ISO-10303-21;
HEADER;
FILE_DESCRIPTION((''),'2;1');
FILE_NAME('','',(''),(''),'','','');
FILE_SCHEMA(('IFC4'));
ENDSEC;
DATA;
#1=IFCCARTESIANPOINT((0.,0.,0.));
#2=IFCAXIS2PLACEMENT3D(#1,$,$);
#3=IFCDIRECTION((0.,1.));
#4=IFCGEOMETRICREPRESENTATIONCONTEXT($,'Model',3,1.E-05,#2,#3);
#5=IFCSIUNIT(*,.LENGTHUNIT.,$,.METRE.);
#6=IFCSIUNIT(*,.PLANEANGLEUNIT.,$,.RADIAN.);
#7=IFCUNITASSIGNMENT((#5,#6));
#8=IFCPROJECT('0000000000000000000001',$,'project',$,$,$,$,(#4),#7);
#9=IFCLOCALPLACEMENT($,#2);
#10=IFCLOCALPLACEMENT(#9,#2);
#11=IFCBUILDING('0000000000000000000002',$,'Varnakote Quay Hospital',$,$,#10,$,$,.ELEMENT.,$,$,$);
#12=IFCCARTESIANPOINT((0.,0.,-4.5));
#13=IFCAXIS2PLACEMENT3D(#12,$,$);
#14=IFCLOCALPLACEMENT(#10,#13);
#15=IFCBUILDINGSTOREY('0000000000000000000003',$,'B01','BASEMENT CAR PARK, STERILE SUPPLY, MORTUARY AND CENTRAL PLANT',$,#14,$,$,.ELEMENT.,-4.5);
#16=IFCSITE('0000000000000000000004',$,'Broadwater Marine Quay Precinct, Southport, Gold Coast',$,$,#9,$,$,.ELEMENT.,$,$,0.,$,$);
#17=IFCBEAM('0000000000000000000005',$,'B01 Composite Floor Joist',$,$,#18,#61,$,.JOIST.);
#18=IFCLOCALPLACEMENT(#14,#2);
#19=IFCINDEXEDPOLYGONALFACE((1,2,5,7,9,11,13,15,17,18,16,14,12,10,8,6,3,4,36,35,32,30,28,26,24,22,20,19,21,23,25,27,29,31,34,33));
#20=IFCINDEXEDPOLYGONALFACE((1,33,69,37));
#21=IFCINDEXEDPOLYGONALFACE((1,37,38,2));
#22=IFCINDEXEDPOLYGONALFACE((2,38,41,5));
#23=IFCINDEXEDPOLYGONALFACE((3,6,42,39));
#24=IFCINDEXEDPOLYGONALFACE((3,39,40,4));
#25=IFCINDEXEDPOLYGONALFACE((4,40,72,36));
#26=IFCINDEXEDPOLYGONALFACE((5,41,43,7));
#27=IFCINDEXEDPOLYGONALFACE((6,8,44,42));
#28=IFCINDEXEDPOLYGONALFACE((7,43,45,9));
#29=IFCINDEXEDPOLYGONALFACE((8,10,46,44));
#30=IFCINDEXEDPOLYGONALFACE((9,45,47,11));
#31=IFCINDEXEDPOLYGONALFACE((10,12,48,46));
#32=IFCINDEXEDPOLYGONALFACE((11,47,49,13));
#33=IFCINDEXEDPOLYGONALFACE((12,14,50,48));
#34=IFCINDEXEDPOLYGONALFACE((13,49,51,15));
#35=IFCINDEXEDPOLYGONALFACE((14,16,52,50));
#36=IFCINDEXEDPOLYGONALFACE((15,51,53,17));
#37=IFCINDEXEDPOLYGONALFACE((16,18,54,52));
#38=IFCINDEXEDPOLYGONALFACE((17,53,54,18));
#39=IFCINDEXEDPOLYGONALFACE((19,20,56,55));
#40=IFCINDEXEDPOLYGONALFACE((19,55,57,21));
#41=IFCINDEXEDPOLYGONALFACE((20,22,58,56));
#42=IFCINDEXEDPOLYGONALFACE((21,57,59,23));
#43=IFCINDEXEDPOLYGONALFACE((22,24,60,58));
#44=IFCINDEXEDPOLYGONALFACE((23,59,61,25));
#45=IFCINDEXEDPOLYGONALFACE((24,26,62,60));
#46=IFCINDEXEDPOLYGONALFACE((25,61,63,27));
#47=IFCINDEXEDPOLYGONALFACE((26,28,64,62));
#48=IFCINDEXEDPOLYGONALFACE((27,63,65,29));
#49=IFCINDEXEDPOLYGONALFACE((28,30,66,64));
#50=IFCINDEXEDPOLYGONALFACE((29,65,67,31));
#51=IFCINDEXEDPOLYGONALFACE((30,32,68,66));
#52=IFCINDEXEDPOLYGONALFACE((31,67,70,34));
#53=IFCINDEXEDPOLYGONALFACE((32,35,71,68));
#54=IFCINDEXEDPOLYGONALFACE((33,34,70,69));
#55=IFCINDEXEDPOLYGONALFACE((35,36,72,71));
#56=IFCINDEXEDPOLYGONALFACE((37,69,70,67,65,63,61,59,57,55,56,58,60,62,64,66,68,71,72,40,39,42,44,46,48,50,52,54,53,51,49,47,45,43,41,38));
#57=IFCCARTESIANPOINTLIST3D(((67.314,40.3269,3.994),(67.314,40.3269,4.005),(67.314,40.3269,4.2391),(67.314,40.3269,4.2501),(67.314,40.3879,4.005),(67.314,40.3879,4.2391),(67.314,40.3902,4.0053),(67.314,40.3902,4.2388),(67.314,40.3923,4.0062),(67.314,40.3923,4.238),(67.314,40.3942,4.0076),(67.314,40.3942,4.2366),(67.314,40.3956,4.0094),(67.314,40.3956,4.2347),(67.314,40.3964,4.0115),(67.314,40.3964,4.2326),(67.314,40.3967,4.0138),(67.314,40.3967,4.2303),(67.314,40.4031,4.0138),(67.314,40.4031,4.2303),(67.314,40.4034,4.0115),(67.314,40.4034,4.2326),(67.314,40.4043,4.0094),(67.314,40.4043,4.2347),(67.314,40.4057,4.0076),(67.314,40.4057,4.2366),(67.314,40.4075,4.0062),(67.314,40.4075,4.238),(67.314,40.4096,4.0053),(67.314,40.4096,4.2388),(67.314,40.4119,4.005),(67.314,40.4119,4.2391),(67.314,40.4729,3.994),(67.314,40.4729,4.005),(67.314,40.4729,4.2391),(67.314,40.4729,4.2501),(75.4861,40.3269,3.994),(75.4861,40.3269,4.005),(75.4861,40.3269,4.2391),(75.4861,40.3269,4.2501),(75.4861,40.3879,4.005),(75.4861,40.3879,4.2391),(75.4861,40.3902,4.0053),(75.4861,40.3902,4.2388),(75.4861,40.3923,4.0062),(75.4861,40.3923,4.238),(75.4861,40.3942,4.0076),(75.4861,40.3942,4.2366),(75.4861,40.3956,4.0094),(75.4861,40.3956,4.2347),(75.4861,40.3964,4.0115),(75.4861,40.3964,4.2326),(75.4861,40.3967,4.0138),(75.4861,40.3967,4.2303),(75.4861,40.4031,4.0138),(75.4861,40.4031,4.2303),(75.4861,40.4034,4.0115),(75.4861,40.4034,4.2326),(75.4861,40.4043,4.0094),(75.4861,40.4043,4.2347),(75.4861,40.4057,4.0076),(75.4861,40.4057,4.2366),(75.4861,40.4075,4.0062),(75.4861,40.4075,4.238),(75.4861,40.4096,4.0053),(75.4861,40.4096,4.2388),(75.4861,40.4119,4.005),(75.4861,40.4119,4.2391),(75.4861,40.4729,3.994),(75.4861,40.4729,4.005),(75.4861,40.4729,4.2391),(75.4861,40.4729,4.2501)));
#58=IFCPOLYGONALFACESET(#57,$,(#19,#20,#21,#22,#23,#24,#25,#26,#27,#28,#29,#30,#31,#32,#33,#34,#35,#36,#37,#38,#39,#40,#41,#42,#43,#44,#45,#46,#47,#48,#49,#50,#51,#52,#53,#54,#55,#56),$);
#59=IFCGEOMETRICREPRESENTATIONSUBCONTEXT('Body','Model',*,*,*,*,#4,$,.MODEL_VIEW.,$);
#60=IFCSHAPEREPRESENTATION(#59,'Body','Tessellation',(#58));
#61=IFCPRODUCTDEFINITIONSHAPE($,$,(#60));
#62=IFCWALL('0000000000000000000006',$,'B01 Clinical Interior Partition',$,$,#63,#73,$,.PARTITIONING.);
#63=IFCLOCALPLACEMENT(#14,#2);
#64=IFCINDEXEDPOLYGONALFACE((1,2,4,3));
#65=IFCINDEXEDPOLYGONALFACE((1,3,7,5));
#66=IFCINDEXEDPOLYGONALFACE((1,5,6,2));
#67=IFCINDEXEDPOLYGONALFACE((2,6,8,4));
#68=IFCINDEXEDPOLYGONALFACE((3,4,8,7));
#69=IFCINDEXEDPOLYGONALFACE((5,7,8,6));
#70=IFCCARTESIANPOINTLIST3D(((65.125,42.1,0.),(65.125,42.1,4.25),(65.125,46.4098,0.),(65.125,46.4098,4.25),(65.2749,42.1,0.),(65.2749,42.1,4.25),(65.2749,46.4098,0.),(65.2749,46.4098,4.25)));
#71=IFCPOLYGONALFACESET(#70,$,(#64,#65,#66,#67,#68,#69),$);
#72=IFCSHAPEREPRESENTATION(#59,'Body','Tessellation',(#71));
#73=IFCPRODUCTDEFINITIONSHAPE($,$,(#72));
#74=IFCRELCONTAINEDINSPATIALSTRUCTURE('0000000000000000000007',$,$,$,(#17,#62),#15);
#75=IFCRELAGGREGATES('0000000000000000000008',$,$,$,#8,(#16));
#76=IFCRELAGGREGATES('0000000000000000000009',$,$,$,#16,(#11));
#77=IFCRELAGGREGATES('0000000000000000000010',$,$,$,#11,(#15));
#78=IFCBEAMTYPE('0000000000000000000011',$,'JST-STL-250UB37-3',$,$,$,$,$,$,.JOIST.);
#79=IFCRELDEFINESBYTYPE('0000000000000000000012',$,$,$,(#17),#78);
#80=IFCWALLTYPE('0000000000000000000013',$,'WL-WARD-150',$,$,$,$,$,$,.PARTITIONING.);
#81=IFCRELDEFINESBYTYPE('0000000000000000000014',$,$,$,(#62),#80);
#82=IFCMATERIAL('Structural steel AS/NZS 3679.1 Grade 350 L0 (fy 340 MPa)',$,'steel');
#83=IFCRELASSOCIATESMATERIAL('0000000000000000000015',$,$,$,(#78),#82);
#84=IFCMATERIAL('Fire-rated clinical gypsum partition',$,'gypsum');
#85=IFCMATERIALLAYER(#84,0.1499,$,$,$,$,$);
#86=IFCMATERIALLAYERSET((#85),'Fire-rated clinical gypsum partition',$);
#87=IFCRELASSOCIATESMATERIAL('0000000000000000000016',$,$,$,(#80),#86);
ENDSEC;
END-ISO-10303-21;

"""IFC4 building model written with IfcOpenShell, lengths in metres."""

from ifc_helpers import new_model, si_unit, direction, frame, frame_2d, origin, origin_2d, place, context, subcontext, project, spatial, rectangle, i_section, extrude, material, layer, layer_set, material_profile, profile_set, type_object, element, save


model = new_model("IFC4")

# Units and contexts
model_context = context("Model", 3, precision=1e-05, world=origin(), true_north=direction((0.0, 1.0)))
body_context = subcontext(model_context, "Body", "Model", "MODEL_VIEW")
ifc_project = project(units=[si_unit("LENGTHUNIT", "METRE"), si_unit("PLANEANGLEUNIT", "RADIAN")], contexts=[model_context])

# Site, building, storey
site_placement = place(None, origin())
site = spatial("IfcSite", under=ifc_project, at=site_placement, Name="Broadwater Marine Quay Precinct, Southport, Gold Coast", CompositionType="ELEMENT", RefElevation=0.0)
building_placement = place(site_placement, origin())
building = spatial("IfcBuilding", under=site, at=building_placement, Name="Varnakote Quay Hospital", CompositionType="ELEMENT")
storey_placement = place(building_placement, frame((0.0, 0.0, -4.5)))
storey = spatial("IfcBuildingStorey", under=building, at=storey_placement, Name="B01", Description="BASEMENT CAR PARK, STERILE SUPPLY, MORTUARY AND CENTRAL PLANT", CompositionType="ELEMENT", Elevation=-4.5)

# Beam
ifc_material_1 = material(Name="Structural steel AS/NZS 3679.1 Grade 350 L0 (fy 340 MPa)", Category="steel")
ifc_material_profile_1 = material_profile(ifc_material_1, i_section(OverallWidth=0.146, OverallDepth=0.2561, WebThickness=0.0063, FlangeThickness=0.011, FilletRadius=0.0088, at=origin_2d()), Name="250UB37.3")
ifc_profile_set_1 = profile_set([ifc_material_profile_1], Name="Structural steel AS/NZS 3679.1 Grade 350 L0 (fy 340 MPa)")
beam_type_1 = type_object("IfcBeamType", Name="JST-STL-250UB37-3", PredefinedType="JOIST", material=ifc_profile_set_1)
beam_1_placement = place(storey_placement, frame((67.314, 40.3999, 4.1221), z_axis=(1.0, 0.0, 0.0), x_axis=(0.0, 1.0, 0.0)))
element("IfcBeam", 1, at=beam_1_placement, inside=storey, type_object=beam_type_1, Name="B01 Composite Floor Joist", PredefinedType="JOIST", context=body_context, shape_type="SweptSolid", body=[
    extrude(i_section(OverallWidth=0.146, OverallDepth=0.2561, WebThickness=0.0063, FlangeThickness=0.011, FilletRadius=0.0088, at=origin_2d()), origin(), (0.0, 0.0, 1.0), 8.1721),
])

# Wall
ifc_material_2 = material(Name="Fire-rated clinical gypsum partition", Category="gypsum")
ifc_layer = layer(ifc_material_2, 0.1499)
ifc_layer_set = layer_set([ifc_layer], Name="Fire-rated clinical gypsum partition")
wall_type = type_object("IfcWallType", Name="WL-WARD-150", PredefinedType="PARTITIONING", material=ifc_layer_set)
wall_placement = place(storey_placement, frame((65.2, 42.1001, 0.0), z_axis=(0.0, 0.0, 1.0), x_axis=(0.0, 1.0, 0.0)))
element("IfcWall", 2, at=wall_placement, inside=storey, type_object=wall_type, Name="B01 Clinical Interior Partition", PredefinedType="PARTITIONING", context=body_context, shape_type="SweptSolid", body=[
    extrude(rectangle(XDim=4.3098, YDim=0.1499, at=frame_2d((2.1548, 0.0))), origin(), (0.0, 0.0, 1.0), 4.25),
])

save(model, "model.ifc")
